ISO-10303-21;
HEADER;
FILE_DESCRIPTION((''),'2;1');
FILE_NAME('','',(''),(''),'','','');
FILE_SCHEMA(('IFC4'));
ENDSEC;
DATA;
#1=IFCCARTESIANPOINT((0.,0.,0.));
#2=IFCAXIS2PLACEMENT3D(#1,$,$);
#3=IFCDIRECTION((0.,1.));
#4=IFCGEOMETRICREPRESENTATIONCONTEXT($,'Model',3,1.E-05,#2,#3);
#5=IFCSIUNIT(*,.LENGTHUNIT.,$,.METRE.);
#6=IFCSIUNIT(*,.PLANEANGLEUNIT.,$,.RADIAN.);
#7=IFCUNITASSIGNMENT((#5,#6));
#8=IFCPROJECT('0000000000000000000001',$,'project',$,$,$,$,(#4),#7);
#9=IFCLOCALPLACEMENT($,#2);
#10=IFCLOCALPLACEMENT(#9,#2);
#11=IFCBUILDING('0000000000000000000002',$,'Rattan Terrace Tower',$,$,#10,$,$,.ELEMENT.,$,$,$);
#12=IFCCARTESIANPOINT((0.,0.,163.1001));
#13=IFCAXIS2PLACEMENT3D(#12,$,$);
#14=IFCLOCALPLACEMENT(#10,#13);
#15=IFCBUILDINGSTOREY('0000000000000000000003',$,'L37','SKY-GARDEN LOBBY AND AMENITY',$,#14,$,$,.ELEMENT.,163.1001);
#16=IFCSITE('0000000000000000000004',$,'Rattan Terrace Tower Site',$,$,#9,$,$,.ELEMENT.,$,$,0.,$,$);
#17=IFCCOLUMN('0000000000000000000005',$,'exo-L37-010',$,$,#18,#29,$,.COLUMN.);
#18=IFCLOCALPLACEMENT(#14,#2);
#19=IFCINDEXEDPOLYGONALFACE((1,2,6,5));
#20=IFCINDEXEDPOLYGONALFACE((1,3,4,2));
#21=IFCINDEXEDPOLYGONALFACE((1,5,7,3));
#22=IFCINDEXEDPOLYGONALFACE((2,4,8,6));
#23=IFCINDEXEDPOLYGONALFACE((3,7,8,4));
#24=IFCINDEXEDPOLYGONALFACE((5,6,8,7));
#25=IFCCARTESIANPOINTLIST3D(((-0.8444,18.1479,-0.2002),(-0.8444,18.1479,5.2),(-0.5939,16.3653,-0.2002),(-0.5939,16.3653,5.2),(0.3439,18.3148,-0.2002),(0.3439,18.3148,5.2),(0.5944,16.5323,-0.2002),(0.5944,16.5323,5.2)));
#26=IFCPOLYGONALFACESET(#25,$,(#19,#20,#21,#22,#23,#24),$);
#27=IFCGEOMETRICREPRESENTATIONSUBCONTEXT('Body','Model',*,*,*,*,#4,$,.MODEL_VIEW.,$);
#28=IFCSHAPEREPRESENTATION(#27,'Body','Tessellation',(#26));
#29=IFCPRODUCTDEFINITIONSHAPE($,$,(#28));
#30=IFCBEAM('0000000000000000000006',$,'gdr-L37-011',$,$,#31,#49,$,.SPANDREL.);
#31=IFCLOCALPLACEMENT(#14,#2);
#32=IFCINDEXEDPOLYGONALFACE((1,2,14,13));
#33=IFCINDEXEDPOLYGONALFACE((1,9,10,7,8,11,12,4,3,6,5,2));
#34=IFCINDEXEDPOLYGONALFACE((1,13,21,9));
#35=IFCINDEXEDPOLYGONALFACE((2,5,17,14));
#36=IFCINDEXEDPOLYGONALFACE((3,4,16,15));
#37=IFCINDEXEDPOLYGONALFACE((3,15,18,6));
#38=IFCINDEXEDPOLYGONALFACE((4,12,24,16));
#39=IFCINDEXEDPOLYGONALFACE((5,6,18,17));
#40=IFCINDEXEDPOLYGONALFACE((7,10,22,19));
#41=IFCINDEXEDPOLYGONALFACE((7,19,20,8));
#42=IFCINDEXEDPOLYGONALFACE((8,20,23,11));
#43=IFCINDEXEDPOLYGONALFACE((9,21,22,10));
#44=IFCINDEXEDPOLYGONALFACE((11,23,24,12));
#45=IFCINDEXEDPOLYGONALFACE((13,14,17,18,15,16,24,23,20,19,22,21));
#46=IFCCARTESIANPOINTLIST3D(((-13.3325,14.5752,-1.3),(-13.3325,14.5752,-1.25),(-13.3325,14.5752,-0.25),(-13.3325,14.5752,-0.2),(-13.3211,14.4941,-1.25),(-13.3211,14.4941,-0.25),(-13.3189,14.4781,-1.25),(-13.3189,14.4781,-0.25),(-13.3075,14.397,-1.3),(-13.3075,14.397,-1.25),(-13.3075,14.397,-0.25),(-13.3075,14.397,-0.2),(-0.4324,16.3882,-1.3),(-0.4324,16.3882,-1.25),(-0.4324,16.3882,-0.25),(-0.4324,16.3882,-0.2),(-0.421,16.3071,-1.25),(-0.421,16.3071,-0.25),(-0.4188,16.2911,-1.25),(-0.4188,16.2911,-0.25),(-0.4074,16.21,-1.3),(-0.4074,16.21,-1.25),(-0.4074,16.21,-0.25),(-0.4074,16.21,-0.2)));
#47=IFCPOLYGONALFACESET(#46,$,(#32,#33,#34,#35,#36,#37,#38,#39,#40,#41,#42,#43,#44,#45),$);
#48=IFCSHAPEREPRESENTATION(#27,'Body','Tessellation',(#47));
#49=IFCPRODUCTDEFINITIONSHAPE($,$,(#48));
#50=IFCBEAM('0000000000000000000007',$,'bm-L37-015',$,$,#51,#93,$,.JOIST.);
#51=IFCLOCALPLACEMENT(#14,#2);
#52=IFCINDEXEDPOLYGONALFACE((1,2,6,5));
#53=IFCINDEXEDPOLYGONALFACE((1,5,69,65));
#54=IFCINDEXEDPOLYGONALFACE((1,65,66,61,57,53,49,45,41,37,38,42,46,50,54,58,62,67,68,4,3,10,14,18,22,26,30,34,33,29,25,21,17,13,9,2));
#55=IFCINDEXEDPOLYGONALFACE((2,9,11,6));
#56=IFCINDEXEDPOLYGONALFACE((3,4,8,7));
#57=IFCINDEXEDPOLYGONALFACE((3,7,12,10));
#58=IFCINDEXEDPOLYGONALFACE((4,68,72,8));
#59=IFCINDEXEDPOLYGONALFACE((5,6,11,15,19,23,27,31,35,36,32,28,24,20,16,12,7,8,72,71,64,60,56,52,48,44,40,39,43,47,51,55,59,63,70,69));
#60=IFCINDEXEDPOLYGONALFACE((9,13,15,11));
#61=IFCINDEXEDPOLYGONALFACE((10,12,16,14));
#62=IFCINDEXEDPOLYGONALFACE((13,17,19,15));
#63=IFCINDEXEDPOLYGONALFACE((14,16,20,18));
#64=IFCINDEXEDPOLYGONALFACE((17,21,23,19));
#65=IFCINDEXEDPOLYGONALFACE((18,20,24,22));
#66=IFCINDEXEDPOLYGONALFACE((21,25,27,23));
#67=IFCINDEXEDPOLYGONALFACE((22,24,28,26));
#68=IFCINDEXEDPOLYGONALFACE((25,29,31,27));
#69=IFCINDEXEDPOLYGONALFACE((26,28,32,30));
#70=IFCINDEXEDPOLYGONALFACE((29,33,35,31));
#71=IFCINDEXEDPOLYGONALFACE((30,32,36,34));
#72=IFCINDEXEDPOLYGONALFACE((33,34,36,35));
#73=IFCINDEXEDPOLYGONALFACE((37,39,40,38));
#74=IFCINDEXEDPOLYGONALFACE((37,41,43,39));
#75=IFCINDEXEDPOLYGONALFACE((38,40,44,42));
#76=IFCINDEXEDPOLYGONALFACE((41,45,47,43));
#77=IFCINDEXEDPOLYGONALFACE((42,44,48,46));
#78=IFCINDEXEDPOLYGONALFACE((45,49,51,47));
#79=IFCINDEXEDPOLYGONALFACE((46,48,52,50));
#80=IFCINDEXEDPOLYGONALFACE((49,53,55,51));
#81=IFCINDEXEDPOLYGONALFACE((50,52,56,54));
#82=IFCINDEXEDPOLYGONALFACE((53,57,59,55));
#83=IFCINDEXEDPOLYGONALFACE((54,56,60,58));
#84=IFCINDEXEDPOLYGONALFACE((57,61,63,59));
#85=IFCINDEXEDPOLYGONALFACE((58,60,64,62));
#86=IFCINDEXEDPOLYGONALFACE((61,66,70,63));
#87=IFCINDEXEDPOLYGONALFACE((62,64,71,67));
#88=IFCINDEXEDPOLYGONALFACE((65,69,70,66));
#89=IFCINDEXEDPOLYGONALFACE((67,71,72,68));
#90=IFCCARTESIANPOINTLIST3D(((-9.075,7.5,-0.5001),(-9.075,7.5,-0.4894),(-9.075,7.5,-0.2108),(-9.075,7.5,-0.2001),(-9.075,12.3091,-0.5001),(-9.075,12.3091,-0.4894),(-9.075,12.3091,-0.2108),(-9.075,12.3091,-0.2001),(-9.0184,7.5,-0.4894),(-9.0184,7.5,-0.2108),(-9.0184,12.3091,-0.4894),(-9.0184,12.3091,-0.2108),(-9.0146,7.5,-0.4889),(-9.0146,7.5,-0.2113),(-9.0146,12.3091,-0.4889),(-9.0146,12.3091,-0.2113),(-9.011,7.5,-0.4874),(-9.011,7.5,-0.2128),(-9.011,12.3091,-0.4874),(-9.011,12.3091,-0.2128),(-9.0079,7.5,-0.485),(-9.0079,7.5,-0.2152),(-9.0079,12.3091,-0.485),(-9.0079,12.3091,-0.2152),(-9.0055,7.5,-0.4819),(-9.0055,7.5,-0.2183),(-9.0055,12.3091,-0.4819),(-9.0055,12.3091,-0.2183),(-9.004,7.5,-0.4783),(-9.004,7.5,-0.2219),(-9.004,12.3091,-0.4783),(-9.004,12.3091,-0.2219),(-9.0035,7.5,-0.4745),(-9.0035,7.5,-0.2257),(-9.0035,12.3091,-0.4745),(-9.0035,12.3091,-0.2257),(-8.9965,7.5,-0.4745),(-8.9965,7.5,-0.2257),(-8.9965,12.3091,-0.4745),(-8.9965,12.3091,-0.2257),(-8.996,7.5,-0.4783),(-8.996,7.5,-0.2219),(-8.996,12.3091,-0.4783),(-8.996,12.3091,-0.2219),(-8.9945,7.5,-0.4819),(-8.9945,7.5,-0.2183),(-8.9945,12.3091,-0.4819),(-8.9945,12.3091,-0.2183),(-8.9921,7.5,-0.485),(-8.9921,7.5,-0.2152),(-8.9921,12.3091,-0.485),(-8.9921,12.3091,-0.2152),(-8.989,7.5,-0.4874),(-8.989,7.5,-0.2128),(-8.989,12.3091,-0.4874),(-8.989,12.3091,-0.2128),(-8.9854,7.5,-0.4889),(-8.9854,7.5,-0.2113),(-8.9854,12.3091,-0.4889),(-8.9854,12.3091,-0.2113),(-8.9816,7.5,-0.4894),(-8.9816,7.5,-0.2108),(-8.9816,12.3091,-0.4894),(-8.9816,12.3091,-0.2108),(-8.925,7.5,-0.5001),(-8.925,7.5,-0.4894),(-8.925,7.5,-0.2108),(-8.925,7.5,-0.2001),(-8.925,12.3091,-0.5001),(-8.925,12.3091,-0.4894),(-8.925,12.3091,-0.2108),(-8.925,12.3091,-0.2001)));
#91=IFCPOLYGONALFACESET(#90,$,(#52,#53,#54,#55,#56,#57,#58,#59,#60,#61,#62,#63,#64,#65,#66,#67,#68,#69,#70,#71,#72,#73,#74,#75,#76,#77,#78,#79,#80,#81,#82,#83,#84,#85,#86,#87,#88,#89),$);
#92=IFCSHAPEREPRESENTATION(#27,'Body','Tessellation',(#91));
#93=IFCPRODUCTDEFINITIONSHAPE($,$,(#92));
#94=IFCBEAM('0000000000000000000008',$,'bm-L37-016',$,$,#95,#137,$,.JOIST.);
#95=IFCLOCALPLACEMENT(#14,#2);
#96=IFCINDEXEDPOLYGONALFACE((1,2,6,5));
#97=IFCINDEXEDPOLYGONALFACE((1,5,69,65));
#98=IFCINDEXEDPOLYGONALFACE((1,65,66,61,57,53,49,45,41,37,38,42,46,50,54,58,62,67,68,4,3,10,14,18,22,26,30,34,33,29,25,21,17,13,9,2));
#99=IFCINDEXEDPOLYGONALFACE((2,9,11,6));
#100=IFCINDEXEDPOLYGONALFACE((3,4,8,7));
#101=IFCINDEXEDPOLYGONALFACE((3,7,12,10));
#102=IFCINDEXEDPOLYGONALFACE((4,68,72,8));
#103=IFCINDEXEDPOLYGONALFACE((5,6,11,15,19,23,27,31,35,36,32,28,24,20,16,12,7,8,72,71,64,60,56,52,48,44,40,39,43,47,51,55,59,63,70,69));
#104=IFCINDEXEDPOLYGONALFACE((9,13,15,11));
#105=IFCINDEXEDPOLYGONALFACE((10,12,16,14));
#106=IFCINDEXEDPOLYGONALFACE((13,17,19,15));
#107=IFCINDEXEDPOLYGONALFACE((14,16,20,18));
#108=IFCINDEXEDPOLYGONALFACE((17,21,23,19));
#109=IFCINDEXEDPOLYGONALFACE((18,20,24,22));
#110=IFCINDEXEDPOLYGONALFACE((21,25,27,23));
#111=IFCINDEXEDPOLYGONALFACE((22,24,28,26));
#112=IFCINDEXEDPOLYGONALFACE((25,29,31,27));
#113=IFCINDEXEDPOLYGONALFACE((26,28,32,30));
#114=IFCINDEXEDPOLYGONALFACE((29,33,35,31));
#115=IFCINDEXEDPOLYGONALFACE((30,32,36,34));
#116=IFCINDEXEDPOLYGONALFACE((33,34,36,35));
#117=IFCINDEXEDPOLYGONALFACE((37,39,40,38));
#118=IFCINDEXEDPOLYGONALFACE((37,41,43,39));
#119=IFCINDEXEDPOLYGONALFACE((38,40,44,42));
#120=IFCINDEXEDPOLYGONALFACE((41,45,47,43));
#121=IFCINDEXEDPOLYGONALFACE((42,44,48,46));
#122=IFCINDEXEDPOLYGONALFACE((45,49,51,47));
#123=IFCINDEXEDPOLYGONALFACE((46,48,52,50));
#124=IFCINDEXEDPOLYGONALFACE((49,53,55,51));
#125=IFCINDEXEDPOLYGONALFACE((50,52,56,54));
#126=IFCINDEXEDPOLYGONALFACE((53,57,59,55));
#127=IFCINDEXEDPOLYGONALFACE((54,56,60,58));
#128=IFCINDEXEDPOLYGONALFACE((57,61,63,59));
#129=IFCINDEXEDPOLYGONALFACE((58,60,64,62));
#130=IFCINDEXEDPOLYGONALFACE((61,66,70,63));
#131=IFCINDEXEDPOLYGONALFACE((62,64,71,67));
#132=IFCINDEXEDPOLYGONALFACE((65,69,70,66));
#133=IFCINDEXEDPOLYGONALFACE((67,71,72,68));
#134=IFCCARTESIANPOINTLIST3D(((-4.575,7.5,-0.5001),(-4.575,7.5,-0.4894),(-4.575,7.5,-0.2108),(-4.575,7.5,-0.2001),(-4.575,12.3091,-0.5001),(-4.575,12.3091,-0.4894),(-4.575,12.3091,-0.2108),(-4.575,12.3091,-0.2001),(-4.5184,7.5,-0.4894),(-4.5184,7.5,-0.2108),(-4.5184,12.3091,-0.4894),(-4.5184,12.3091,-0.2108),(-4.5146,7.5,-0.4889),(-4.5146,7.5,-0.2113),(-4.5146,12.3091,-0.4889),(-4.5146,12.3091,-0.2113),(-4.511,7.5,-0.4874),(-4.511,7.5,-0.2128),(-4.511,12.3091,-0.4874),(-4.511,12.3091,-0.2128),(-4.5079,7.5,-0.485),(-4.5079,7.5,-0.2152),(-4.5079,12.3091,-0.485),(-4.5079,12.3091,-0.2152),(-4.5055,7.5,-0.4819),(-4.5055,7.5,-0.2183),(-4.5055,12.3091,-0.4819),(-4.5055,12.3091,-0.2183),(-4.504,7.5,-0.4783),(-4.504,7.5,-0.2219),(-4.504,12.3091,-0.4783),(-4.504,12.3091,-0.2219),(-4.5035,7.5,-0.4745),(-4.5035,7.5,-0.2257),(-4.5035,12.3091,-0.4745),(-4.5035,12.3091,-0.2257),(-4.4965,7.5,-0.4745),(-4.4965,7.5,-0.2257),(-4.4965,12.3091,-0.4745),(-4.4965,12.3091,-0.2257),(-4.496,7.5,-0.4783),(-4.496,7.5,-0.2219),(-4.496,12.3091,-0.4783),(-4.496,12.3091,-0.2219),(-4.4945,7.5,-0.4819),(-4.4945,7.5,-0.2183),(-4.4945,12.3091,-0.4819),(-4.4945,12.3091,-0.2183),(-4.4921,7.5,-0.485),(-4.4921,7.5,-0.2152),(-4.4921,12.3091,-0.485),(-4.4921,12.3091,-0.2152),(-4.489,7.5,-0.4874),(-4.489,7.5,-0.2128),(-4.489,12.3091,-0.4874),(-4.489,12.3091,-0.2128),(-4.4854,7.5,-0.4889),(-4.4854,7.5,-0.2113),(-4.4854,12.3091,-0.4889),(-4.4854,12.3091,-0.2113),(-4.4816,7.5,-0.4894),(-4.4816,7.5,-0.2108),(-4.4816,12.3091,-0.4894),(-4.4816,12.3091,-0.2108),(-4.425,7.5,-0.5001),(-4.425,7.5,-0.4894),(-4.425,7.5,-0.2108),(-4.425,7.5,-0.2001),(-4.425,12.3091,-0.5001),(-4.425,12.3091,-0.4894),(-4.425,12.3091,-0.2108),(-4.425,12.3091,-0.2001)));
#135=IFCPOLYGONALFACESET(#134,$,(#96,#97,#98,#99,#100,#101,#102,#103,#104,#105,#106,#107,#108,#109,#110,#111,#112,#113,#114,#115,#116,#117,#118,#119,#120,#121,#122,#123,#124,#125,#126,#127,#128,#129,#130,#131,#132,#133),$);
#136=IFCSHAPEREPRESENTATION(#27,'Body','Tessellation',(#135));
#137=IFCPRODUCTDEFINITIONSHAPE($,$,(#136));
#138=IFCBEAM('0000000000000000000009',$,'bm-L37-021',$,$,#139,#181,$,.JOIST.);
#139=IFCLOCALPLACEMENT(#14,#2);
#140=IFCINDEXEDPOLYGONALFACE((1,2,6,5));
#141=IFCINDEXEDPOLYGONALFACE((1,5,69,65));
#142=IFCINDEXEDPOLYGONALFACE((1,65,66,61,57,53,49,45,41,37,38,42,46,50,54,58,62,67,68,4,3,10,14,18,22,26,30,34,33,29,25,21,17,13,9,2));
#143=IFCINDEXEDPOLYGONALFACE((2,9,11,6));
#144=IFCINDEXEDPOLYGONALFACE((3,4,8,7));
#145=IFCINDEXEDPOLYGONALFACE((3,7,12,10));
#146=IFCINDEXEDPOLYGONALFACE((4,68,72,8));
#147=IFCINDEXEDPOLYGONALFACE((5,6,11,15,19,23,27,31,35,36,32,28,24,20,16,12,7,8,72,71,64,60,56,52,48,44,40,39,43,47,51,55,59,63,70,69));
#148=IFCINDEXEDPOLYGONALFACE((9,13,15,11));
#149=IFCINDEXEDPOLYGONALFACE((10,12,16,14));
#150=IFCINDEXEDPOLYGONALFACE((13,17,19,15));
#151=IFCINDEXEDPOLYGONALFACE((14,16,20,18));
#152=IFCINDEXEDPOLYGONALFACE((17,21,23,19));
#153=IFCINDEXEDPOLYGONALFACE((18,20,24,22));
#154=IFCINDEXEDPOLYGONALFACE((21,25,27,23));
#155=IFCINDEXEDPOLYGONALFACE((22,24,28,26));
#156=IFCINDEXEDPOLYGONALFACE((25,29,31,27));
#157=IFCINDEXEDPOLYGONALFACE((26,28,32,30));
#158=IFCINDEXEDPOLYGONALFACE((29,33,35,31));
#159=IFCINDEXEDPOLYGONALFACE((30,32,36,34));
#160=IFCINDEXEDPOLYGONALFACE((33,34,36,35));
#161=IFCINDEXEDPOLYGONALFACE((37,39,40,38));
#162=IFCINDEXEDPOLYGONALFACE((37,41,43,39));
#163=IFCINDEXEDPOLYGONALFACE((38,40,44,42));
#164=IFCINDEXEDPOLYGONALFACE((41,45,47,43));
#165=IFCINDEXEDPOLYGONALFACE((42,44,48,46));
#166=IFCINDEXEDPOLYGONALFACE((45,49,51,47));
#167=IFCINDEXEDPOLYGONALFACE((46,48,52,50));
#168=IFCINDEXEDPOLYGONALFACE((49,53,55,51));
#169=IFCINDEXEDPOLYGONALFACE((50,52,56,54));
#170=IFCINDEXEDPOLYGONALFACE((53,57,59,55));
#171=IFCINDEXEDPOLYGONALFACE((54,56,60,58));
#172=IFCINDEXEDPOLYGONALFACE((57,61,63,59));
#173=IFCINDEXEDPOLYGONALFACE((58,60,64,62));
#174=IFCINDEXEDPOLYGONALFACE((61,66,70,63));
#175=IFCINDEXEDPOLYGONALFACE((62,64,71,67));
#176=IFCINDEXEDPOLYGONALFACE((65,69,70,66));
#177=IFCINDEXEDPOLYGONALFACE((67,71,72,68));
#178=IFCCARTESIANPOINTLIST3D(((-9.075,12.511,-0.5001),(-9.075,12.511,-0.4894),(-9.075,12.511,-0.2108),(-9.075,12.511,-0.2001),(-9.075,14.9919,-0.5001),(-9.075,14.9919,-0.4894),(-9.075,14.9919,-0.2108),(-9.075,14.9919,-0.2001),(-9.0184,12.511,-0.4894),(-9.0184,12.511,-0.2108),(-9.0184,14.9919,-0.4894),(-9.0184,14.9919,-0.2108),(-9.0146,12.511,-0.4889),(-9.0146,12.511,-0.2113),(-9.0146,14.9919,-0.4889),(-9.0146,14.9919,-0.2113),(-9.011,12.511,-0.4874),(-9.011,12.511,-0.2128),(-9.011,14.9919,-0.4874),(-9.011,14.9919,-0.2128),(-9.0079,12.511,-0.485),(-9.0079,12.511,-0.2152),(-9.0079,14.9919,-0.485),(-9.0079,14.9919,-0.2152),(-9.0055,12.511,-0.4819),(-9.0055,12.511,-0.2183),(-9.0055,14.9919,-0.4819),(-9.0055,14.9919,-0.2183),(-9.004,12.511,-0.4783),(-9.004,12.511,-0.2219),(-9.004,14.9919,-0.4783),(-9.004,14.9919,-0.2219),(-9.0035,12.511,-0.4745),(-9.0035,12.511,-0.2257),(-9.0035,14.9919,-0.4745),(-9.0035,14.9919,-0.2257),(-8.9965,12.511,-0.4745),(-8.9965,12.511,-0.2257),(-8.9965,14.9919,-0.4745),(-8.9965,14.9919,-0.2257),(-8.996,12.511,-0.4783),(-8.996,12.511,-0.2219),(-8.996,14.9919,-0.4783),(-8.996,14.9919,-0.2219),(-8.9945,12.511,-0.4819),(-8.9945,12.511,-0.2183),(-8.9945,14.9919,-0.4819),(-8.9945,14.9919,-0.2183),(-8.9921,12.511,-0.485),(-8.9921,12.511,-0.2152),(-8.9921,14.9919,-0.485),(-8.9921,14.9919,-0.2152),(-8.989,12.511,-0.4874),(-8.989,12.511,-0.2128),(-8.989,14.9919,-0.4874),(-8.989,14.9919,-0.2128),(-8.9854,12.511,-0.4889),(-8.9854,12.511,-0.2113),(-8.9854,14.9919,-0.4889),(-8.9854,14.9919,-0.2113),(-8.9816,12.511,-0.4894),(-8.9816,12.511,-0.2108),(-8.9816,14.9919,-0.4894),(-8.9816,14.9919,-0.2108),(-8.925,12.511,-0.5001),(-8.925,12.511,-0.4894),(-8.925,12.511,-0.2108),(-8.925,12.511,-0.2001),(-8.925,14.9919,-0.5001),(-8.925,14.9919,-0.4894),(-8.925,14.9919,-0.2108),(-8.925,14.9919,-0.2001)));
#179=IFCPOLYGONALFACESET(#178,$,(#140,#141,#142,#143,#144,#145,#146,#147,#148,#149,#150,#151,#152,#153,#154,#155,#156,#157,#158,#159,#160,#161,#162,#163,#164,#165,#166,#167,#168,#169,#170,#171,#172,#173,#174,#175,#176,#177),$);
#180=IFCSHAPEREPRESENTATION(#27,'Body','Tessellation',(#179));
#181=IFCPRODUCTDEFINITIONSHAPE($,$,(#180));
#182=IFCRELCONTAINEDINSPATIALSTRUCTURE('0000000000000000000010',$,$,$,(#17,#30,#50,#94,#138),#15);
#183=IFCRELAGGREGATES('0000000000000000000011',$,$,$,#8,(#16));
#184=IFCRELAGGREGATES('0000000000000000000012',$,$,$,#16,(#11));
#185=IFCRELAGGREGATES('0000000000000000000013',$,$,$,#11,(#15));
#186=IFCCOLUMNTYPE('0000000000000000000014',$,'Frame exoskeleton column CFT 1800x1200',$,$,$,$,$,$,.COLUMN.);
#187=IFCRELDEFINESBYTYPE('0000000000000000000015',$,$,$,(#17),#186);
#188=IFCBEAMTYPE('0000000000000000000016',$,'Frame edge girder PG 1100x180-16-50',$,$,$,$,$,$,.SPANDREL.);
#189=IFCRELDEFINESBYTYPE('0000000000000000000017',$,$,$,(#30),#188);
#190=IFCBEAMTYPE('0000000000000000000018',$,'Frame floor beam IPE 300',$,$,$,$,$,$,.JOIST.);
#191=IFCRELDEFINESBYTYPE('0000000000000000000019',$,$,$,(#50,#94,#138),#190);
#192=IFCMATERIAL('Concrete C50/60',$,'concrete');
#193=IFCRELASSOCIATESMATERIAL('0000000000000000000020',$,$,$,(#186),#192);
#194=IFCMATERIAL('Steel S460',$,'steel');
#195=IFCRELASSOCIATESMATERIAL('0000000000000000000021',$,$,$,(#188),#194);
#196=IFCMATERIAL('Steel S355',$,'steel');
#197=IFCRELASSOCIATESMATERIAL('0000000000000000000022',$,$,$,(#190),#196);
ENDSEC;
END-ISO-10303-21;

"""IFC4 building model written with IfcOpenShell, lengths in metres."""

from ifc_helpers import new_model, si_unit, direction, frame, origin, origin_2d, place, context, subcontext, project, spatial, rectangle, i_section, extrude, material, material_profile, profile_set, type_object, element, save


model = new_model("IFC4")

# Units and contexts
model_context = context("Model", 3, precision=1e-05, world=origin(), true_north=direction((0.0, 1.0)))
body_context = subcontext(model_context, "Body", "Model", "MODEL_VIEW")
ifc_project = project(units=[si_unit("LENGTHUNIT", "METRE"), si_unit("PLANEANGLEUNIT", "RADIAN")], contexts=[model_context])

# Site, building, storey
site_placement = place(None, origin())
site = spatial("IfcSite", under=ifc_project, at=site_placement, Name="Rattan Terrace Tower Site", CompositionType="ELEMENT", RefElevation=0.0)
building_placement = place(site_placement, origin())
building = spatial("IfcBuilding", under=site, at=building_placement, Name="Rattan Terrace Tower", CompositionType="ELEMENT")
storey_placement = place(building_placement, frame((0.0, 0.0, 163.1001)))
storey = spatial("IfcBuildingStorey", under=building, at=storey_placement, Name="L37", Description="SKY-GARDEN LOBBY AND AMENITY", CompositionType="ELEMENT", Elevation=163.1001)

# Column
ifc_material_1 = material(Name="Concrete C50/60", Category="concrete")
ifc_material_profile_1 = material_profile(ifc_material_1, rectangle(XDim=1.2, YDim=1.8, at=origin_2d()), Name="CFT 1800x1200")
ifc_profile_set_1 = profile_set([ifc_material_profile_1], Name="Concrete C50/60")
column_type = type_object("IfcColumnType", Name="Frame exoskeleton column CFT 1800x1200", PredefinedType="COLUMN", material=ifc_profile_set_1)
column_placement = place(storey_placement, frame((-0.125, 17.3401, -0.2002), z_axis=(0.0, 0.0, 1.0), x_axis=(0.99027, 0.139156, 0.0)))
element("IfcColumn", 1, at=column_placement, inside=storey, type_object=column_type, Name="exo-L37-010", PredefinedType="COLUMN", context=body_context, shape_type="SweptSolid", body=[
    extrude(rectangle(XDim=1.2, YDim=1.8, at=origin_2d()), origin(), (0.0, 0.0, 1.0), 5.4001),
])

# Beams
ifc_material_2 = material(Name="Steel S460", Category="steel")
ifc_material_profile_2 = material_profile(ifc_material_2, i_section(OverallWidth=0.1799, OverallDepth=1.1001, WebThickness=0.0161, FlangeThickness=0.05, at=origin_2d()), Name="PG 1100x180-16-50")
ifc_profile_set_2 = profile_set([ifc_material_profile_2], Name="Steel S460")
beam_type_1 = type_object("IfcBeamType", Name="Frame edge girder PG 1100x180-16-50", PredefinedType="SPANDREL", material=ifc_profile_set_2)
beam_1_placement = place(storey_placement, frame((-0.4199, 16.2991, -0.75), z_axis=(-0.990268, -0.139172, 0.0), x_axis=(0.139172, -0.990268, 0.0)))
element("IfcBeam", 2, at=beam_1_placement, inside=storey, type_object=beam_type_1, Name="gdr-L37-011", PredefinedType="SPANDREL", context=body_context, shape_type="SweptSolid", body=[
    extrude(i_section(OverallWidth=0.1799, OverallDepth=1.1001, WebThickness=0.0161, FlangeThickness=0.05, at=origin_2d()), origin(), (0.0, 0.0, 1.0), 13.0269),
])
ifc_material_3 = material(Name="Steel S355", Category="steel")
ifc_material_profile_3 = material_profile(ifc_material_3, i_section(OverallWidth=0.1499, OverallDepth=0.3, WebThickness=0.0071, FlangeThickness=0.0107, FilletRadius=0.0149, at=origin_2d()), Name="IPE 300")
ifc_profile_set_3 = profile_set([ifc_material_profile_3], Name="Steel S355")
beam_type_2 = type_object("IfcBeamType", Name="Frame floor beam IPE 300", PredefinedType="JOIST", material=ifc_profile_set_3)
for number, where, z_axis, x_axis, name in (
    (3, (-9.0, 7.5, -0.3501), (0.0, 1.0, 0.0), (-1.0, 0.0, 0.0), "bm-L37-015"),
    (4, (-4.5, 7.5, -0.3501), (0.0, 1.0, 0.0), (-1.0, 0.0, 0.0), "bm-L37-016"),
):
    element("IfcBeam", number, at=place(storey_placement, frame(where, z_axis=z_axis, x_axis=x_axis)), inside=storey, type_object=beam_type_2, Name=name, PredefinedType="JOIST", context=body_context, shape_type="SweptSolid", body=[
        extrude(i_section(OverallWidth=0.1499, OverallDepth=0.3, WebThickness=0.0071, FlangeThickness=0.0107, FilletRadius=0.0149, at=origin_2d()), origin(), (0.0, 0.0, 1.0), 4.8091),
    ])
beam_2_placement = place(storey_placement, frame((-9.0, 12.511, -0.3501), z_axis=(0.0, 1.0, 0.0), x_axis=(-1.0, 0.0, 0.0)))
element("IfcBeam", 5, at=beam_2_placement, inside=storey, type_object=beam_type_2, Name="bm-L37-021", PredefinedType="JOIST", context=body_context, shape_type="SweptSolid", body=[
    extrude(i_section(OverallWidth=0.1499, OverallDepth=0.3, WebThickness=0.0071, FlangeThickness=0.0107, FilletRadius=0.0149, at=origin_2d()), origin(), (0.0, 0.0, 1.0), 2.481),
])

save(model, "model.ifc")
